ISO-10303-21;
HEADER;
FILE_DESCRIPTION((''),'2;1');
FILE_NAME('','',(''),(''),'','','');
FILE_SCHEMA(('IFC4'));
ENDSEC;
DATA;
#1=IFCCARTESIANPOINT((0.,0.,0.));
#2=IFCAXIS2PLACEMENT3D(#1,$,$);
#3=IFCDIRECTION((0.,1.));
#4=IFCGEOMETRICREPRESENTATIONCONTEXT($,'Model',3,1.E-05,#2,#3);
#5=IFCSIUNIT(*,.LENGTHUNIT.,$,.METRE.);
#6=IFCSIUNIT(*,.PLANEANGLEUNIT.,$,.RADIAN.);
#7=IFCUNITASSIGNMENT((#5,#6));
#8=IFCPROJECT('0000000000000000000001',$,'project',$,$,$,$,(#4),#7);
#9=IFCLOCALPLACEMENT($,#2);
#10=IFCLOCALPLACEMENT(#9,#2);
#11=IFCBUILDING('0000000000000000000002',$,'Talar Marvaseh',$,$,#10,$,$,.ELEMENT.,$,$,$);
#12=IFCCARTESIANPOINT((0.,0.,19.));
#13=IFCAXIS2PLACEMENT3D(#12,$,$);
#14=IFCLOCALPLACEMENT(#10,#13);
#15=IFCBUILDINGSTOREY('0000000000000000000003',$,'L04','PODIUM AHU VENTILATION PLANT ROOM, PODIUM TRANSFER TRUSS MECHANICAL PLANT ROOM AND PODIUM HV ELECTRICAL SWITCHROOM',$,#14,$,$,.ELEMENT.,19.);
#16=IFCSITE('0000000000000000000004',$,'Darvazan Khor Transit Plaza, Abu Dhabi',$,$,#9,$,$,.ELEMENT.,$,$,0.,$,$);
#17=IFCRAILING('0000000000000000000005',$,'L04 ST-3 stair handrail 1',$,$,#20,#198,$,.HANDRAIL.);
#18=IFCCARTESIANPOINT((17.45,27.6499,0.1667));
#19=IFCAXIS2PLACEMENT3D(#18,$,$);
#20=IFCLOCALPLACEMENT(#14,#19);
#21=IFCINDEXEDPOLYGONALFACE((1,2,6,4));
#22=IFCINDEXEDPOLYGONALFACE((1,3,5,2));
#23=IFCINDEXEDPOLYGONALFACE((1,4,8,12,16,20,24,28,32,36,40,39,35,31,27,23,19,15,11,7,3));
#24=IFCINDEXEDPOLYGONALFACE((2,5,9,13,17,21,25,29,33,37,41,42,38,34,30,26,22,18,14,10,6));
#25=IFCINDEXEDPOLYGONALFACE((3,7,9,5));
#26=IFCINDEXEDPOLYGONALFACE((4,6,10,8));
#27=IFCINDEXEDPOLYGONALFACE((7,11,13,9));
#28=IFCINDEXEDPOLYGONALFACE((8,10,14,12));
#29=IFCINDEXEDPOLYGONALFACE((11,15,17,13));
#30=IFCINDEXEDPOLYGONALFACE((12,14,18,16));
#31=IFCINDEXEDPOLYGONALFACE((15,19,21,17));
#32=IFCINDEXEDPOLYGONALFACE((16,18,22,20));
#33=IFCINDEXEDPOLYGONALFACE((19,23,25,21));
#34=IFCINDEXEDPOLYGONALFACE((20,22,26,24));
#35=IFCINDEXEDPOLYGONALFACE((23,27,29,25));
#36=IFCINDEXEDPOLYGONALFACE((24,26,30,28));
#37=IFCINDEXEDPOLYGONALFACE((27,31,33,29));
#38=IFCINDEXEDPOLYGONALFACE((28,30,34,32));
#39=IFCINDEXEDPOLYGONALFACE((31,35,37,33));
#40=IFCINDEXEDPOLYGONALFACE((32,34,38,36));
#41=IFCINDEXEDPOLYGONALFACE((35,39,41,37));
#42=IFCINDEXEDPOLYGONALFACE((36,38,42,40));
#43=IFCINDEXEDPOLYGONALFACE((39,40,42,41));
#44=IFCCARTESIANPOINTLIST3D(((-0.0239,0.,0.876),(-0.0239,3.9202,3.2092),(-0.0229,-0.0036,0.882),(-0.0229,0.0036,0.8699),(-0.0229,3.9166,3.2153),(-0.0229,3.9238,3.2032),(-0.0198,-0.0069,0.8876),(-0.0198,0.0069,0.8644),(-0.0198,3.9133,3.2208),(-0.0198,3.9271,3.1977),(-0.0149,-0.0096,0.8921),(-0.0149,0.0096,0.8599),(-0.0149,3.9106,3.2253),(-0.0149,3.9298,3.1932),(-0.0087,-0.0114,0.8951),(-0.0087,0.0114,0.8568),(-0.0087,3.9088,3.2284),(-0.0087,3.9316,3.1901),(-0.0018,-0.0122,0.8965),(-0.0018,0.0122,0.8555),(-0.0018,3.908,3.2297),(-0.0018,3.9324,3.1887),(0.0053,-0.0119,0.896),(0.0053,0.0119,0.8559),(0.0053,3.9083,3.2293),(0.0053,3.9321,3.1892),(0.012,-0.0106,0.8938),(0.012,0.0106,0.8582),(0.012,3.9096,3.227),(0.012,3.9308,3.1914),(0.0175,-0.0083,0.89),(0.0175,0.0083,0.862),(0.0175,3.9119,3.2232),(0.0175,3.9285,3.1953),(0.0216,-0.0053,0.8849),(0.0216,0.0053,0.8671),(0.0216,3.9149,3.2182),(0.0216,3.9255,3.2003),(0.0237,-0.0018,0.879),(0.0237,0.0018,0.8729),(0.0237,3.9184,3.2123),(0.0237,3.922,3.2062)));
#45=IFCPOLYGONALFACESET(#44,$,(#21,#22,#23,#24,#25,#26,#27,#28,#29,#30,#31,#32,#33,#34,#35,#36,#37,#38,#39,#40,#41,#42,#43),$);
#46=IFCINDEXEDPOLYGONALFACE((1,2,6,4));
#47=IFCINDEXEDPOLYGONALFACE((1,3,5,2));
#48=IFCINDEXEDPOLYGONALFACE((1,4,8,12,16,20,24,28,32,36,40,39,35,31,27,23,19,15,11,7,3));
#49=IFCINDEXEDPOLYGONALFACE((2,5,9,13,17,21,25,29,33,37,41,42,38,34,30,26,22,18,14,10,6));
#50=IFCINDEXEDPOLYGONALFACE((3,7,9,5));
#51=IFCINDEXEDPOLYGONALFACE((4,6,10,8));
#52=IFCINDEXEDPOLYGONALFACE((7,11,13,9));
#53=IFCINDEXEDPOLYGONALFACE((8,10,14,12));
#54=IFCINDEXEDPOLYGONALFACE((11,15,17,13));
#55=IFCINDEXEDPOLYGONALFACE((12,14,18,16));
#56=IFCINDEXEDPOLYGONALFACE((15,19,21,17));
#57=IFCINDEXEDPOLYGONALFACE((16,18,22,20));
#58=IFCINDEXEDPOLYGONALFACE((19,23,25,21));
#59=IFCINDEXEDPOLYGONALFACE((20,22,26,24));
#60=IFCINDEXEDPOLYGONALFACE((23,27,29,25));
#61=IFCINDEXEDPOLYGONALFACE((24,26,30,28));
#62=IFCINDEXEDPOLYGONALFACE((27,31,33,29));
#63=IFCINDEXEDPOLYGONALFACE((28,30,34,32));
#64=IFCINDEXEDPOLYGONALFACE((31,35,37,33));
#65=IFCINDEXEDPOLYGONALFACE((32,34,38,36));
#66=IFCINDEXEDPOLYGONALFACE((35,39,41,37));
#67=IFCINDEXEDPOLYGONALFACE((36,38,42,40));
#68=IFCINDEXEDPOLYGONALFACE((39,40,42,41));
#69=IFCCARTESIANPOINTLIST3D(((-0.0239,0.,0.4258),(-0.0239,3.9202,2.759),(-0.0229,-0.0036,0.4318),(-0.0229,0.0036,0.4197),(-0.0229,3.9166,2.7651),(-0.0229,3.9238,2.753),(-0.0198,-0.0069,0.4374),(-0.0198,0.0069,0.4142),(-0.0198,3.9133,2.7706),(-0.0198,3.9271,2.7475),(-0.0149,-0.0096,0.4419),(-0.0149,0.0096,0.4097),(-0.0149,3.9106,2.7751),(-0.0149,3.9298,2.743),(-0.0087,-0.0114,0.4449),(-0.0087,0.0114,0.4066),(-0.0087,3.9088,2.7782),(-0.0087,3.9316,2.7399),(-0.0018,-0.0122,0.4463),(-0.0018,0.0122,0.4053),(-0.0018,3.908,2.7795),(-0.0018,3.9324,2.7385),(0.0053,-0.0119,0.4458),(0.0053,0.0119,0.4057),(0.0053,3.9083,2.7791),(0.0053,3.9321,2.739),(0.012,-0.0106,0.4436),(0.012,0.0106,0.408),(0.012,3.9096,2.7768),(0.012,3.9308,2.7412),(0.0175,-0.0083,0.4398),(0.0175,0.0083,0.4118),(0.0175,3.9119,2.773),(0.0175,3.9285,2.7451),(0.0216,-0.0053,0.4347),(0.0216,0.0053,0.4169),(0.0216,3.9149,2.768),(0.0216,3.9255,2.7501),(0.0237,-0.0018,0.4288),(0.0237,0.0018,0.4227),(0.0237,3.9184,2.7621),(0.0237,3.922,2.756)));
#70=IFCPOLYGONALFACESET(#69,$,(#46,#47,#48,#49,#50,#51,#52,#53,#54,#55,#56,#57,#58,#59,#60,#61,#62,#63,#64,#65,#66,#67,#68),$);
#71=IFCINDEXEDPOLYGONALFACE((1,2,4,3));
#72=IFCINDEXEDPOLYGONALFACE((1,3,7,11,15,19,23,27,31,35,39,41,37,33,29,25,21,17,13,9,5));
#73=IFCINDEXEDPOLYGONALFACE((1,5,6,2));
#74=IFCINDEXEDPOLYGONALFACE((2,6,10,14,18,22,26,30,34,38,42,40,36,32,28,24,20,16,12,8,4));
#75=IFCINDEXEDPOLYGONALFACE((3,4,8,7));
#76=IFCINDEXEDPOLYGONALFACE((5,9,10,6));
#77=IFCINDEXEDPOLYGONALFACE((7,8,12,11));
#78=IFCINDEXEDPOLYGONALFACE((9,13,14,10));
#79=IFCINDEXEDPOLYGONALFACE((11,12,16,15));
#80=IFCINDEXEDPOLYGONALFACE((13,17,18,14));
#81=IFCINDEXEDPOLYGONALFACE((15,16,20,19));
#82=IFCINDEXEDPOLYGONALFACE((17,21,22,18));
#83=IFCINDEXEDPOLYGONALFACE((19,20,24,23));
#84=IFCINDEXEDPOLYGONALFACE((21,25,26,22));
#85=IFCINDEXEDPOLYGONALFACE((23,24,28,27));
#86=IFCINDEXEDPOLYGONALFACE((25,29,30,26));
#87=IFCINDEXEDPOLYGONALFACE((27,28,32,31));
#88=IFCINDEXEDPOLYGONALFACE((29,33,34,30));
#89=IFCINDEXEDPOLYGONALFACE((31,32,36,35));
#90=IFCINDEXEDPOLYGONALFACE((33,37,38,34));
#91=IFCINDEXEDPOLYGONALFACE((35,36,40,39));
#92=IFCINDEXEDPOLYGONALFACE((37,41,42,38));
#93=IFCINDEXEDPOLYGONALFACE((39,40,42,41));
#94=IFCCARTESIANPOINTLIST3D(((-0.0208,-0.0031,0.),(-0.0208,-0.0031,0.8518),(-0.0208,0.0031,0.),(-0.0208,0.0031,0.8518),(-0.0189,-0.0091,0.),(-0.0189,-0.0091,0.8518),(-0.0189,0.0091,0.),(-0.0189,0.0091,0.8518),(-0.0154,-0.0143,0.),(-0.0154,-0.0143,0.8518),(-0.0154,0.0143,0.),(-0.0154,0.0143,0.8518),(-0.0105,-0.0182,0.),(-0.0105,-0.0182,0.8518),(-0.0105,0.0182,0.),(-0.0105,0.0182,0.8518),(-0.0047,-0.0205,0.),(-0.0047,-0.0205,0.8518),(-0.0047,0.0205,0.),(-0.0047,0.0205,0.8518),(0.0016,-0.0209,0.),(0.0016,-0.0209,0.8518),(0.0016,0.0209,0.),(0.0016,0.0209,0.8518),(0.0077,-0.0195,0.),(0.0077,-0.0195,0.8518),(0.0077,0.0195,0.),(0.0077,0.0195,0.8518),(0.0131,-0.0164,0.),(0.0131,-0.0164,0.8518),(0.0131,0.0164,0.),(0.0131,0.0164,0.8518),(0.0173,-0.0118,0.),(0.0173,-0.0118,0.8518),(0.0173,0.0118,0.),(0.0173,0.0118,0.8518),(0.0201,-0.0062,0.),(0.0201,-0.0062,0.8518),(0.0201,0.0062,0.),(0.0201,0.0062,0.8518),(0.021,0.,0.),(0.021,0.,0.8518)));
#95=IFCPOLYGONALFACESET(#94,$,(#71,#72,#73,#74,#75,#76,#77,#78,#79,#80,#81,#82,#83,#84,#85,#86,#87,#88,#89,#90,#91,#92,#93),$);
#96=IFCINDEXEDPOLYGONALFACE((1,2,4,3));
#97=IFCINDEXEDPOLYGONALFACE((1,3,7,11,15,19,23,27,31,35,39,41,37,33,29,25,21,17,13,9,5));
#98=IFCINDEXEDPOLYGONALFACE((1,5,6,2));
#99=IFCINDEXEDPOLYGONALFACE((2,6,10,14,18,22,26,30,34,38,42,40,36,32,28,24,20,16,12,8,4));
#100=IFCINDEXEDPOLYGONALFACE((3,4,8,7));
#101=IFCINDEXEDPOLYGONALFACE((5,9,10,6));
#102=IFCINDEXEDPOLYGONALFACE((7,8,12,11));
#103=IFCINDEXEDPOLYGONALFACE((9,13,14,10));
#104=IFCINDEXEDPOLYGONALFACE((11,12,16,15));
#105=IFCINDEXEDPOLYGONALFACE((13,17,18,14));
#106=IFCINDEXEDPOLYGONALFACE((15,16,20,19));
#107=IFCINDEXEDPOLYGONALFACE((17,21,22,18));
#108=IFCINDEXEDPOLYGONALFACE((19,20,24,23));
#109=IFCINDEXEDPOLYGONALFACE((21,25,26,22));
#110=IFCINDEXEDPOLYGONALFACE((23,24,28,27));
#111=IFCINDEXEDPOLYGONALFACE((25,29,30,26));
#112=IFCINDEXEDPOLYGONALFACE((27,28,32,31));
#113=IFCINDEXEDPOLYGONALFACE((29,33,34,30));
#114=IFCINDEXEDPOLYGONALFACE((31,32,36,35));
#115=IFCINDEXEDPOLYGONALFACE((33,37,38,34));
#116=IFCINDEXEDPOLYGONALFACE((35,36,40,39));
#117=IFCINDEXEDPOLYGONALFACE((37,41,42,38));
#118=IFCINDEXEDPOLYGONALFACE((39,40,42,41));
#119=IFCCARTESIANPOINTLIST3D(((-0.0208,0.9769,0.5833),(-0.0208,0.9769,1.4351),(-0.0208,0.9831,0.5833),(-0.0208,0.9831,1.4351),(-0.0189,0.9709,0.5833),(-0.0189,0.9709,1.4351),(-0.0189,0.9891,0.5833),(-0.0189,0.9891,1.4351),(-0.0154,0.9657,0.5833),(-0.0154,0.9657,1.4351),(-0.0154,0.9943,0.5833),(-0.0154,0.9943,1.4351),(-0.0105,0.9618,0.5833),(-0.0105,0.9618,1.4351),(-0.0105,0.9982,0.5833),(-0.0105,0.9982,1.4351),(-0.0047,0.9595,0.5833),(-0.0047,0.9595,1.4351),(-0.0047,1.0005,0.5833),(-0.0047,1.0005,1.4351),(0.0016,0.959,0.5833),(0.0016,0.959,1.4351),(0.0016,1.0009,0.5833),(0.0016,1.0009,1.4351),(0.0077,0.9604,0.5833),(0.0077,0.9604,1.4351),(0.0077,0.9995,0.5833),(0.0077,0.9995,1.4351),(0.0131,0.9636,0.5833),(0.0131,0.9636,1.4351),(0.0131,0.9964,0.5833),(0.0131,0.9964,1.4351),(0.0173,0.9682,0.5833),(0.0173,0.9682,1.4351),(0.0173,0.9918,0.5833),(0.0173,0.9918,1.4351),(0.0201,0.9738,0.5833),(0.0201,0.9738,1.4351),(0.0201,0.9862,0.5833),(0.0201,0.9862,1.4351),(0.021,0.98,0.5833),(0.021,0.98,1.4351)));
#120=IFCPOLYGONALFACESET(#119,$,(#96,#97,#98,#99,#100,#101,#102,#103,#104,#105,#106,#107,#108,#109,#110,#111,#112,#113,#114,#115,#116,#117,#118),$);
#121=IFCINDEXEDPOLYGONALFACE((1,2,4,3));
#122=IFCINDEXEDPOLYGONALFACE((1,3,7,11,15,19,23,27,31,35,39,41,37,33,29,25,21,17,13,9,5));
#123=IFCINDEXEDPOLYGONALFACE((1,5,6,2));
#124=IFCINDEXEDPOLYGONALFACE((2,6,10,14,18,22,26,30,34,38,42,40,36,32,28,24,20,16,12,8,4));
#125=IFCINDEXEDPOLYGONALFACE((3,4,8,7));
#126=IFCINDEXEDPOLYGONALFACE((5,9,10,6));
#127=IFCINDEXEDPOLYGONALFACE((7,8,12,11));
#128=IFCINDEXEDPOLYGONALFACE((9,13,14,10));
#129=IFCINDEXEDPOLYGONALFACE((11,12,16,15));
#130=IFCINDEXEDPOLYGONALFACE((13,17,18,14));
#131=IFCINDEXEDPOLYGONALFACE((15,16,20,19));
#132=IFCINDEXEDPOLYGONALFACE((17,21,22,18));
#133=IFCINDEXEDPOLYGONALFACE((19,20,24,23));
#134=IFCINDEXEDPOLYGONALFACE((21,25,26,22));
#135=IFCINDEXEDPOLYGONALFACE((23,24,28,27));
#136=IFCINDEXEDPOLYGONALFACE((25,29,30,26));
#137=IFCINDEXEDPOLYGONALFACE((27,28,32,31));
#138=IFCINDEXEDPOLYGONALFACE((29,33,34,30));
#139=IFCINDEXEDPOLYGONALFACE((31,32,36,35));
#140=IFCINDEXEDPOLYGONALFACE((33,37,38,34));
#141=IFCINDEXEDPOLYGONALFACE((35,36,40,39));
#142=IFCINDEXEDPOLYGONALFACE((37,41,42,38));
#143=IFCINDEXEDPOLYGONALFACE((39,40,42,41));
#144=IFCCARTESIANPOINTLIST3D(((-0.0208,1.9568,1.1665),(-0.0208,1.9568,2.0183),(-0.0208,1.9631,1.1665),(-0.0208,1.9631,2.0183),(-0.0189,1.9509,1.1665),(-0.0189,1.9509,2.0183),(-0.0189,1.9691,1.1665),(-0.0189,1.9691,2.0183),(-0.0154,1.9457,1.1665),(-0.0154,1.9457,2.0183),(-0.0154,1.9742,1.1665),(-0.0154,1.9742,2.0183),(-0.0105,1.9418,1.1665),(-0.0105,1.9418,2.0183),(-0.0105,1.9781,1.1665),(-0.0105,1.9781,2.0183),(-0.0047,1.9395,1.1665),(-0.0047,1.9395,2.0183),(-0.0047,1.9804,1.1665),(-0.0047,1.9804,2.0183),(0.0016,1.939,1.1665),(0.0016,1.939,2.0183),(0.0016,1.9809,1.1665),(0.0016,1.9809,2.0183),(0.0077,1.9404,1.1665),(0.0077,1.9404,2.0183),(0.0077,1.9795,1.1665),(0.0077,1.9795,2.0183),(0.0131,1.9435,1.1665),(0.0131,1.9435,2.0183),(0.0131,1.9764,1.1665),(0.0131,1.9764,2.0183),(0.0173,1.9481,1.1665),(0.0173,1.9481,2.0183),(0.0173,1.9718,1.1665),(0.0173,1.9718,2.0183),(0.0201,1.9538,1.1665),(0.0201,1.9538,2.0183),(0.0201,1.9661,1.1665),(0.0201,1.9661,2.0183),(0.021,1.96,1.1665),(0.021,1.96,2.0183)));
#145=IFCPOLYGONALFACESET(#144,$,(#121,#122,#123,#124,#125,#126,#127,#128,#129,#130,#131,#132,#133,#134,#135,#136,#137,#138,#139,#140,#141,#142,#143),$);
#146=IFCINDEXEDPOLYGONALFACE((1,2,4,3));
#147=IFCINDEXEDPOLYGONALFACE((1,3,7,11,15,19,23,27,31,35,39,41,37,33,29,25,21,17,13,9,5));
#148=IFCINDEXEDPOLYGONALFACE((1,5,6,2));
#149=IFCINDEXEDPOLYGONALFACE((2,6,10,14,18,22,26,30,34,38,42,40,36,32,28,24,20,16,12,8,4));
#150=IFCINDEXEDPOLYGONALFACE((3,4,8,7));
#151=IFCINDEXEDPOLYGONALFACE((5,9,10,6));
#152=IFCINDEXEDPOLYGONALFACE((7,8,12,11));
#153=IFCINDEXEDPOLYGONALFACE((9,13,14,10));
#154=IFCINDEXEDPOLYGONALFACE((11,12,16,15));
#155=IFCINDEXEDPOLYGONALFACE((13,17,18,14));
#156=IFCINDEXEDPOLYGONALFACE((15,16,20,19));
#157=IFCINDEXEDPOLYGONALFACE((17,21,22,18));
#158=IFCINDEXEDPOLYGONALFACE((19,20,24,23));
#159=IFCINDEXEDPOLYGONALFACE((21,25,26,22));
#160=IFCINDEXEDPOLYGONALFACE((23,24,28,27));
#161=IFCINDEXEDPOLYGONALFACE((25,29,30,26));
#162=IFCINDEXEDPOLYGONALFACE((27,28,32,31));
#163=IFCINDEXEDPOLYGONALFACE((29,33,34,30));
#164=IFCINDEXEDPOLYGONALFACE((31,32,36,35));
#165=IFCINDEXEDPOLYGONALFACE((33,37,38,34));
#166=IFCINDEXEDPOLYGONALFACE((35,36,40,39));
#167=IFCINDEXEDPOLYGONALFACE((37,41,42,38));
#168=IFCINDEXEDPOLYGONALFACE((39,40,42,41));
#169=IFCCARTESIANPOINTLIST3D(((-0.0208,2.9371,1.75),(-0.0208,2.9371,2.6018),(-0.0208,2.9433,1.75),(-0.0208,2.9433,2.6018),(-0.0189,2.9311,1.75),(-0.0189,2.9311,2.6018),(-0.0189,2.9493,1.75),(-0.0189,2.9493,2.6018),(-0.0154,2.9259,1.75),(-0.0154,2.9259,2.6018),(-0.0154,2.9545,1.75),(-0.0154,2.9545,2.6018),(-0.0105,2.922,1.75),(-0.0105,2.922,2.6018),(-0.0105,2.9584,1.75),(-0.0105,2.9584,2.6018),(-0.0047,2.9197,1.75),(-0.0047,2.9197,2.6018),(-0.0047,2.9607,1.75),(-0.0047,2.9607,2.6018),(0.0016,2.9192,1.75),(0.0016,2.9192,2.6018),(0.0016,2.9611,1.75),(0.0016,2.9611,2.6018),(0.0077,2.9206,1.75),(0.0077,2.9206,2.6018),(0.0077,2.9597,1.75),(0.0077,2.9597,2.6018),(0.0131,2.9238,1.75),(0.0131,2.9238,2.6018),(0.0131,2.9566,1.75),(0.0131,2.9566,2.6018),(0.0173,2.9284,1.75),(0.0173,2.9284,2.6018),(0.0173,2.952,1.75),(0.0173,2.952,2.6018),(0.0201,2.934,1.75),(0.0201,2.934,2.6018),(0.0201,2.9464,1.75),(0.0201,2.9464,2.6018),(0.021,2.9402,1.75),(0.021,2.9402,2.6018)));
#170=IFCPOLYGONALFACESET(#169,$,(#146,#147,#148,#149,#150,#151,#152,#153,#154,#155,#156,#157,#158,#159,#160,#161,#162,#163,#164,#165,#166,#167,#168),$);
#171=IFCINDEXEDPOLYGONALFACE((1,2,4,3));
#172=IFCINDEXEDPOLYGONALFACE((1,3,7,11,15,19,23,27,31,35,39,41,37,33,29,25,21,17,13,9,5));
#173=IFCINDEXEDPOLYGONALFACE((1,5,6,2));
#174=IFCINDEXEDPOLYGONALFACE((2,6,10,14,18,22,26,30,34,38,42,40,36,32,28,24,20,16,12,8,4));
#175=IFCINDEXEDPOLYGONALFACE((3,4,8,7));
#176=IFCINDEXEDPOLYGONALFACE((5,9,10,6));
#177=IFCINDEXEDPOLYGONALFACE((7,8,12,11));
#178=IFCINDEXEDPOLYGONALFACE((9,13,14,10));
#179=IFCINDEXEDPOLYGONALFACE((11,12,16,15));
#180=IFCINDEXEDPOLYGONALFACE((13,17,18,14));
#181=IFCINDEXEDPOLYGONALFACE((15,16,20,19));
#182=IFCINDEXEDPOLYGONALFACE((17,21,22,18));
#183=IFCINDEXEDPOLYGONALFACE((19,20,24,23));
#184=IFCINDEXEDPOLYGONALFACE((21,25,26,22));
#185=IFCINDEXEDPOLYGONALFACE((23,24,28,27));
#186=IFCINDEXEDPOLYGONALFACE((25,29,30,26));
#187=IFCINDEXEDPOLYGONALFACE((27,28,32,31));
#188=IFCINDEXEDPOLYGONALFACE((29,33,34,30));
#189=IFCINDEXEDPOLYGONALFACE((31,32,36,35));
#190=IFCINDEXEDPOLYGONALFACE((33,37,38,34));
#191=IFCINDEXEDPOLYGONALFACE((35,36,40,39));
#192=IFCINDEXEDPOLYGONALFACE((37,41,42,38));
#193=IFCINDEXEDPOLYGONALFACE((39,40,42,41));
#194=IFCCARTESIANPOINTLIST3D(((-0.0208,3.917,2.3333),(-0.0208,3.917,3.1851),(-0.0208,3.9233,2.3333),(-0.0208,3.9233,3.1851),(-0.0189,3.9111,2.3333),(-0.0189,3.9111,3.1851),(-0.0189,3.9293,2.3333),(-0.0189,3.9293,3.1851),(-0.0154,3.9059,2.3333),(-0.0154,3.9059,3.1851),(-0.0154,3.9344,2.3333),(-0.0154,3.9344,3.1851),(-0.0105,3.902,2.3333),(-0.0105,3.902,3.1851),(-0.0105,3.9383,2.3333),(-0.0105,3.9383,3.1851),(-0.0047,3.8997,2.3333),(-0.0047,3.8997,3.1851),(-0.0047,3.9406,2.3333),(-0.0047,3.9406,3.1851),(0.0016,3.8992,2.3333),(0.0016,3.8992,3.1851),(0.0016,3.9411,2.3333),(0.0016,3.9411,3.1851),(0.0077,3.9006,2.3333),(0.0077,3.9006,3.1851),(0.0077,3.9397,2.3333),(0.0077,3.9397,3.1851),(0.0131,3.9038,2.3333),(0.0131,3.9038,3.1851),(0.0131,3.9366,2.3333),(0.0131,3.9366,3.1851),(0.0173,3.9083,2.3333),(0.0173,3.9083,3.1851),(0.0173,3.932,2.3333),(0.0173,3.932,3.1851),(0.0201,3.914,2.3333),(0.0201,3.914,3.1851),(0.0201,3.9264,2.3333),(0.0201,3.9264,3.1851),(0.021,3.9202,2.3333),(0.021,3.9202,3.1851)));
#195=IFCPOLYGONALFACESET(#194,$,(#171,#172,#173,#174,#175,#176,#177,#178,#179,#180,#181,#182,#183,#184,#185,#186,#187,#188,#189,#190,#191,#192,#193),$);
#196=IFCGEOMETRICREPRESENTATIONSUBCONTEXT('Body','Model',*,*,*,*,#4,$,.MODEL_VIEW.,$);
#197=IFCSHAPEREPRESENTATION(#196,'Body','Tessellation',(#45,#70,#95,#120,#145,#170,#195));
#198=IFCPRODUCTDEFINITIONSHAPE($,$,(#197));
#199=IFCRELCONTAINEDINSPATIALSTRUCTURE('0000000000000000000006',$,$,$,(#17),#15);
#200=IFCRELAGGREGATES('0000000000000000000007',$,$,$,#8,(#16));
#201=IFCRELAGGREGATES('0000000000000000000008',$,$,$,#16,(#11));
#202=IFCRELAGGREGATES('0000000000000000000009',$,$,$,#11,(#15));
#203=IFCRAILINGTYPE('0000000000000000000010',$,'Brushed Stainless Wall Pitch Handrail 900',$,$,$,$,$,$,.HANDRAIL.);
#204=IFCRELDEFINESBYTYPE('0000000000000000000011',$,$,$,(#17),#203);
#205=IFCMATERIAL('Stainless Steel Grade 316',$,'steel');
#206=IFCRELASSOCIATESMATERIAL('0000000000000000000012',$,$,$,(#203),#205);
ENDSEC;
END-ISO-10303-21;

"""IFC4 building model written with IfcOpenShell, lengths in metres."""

from ifc_helpers import new_model, si_unit, direction, frame, origin, origin_2d, place, context, subcontext, project, spatial, circle, extrude, material, type_object, element, save


model = new_model("IFC4")

# Units and contexts
model_context = context("Model", 3, precision=1e-05, world=origin(), true_north=direction((0.0, 1.0)))
body_context = subcontext(model_context, "Body", "Model", "MODEL_VIEW")
ifc_project = project(units=[si_unit("LENGTHUNIT", "METRE"), si_unit("PLANEANGLEUNIT", "RADIAN")], contexts=[model_context])

# Site, building, storey
site_placement = place(None, origin())
site = spatial("IfcSite", under=ifc_project, at=site_placement, Name="Darvazan Khor Transit Plaza, Abu Dhabi", CompositionType="ELEMENT", RefElevation=0.0)
building_placement = place(site_placement, origin())
building = spatial("IfcBuilding", under=site, at=building_placement, Name="Talar Marvaseh", CompositionType="ELEMENT")
storey_placement = place(building_placement, frame((0.0, 0.0, 19.0)))
storey = spatial("IfcBuildingStorey", under=building, at=storey_placement, Name="L04", Description="PODIUM AHU VENTILATION PLANT ROOM, PODIUM TRANSFER TRUSS MECHANICAL PLANT ROOM AND PODIUM HV ELECTRICAL SWITCHROOM", CompositionType="ELEMENT", Elevation=19.0)

# Railing
ifc_material_1 = material(Name="Stainless Steel Grade 316", Category="steel")
railing_type_1 = type_object("IfcRailingType", Name="Brushed Stainless Wall Pitch Handrail 900", PredefinedType="HANDRAIL", material=ifc_material_1)
railing_1_placement = place(storey_placement, frame((17.45, 27.6499, 0.1667)))
element("IfcRailing", 1, at=railing_1_placement, inside=storey, type_object=railing_type_1, Name="L04 ST-3 stair handrail 1", PredefinedType="HANDRAIL", context=body_context, shape_type="SweptSolid", body=[
    extrude(circle(Radius=0.0239, at=origin_2d()), frame((0.0, 0.0, 0.876), z_axis=(0.0, 0.85931, 0.511455), x_axis=(-1.0, 0.0, 0.0)), (0.0, 0.0, 1.0), 4.562),
    extrude(circle(Radius=0.0239, at=origin_2d()), frame((0.0, 0.0, 0.4258), z_axis=(0.0, 0.85931, 0.511455), x_axis=(-1.0, 0.0, 0.0)), (0.0, 0.0, 1.0), 4.562),
    extrude(circle(Radius=0.021, at=origin_2d()), origin(), (0.0, 0.0, 1.0), 0.8518),
    extrude(circle(Radius=0.021, at=origin_2d()), frame((0.0, 0.98, 0.5833)), (0.0, 0.0, 1.0), 0.8518),
    extrude(circle(Radius=0.021, at=origin_2d()), frame((0.0, 1.96, 1.1665)), (0.0, 0.0, 1.0), 0.8518),
    extrude(circle(Radius=0.021, at=origin_2d()), frame((0.0, 2.9402, 1.75)), (0.0, 0.0, 1.0), 0.8518),
    extrude(circle(Radius=0.021, at=origin_2d()), frame((0.0, 3.9202, 2.3333)), (0.0, 0.0, 1.0), 0.8518),
])

save(model, "model.ifc")
